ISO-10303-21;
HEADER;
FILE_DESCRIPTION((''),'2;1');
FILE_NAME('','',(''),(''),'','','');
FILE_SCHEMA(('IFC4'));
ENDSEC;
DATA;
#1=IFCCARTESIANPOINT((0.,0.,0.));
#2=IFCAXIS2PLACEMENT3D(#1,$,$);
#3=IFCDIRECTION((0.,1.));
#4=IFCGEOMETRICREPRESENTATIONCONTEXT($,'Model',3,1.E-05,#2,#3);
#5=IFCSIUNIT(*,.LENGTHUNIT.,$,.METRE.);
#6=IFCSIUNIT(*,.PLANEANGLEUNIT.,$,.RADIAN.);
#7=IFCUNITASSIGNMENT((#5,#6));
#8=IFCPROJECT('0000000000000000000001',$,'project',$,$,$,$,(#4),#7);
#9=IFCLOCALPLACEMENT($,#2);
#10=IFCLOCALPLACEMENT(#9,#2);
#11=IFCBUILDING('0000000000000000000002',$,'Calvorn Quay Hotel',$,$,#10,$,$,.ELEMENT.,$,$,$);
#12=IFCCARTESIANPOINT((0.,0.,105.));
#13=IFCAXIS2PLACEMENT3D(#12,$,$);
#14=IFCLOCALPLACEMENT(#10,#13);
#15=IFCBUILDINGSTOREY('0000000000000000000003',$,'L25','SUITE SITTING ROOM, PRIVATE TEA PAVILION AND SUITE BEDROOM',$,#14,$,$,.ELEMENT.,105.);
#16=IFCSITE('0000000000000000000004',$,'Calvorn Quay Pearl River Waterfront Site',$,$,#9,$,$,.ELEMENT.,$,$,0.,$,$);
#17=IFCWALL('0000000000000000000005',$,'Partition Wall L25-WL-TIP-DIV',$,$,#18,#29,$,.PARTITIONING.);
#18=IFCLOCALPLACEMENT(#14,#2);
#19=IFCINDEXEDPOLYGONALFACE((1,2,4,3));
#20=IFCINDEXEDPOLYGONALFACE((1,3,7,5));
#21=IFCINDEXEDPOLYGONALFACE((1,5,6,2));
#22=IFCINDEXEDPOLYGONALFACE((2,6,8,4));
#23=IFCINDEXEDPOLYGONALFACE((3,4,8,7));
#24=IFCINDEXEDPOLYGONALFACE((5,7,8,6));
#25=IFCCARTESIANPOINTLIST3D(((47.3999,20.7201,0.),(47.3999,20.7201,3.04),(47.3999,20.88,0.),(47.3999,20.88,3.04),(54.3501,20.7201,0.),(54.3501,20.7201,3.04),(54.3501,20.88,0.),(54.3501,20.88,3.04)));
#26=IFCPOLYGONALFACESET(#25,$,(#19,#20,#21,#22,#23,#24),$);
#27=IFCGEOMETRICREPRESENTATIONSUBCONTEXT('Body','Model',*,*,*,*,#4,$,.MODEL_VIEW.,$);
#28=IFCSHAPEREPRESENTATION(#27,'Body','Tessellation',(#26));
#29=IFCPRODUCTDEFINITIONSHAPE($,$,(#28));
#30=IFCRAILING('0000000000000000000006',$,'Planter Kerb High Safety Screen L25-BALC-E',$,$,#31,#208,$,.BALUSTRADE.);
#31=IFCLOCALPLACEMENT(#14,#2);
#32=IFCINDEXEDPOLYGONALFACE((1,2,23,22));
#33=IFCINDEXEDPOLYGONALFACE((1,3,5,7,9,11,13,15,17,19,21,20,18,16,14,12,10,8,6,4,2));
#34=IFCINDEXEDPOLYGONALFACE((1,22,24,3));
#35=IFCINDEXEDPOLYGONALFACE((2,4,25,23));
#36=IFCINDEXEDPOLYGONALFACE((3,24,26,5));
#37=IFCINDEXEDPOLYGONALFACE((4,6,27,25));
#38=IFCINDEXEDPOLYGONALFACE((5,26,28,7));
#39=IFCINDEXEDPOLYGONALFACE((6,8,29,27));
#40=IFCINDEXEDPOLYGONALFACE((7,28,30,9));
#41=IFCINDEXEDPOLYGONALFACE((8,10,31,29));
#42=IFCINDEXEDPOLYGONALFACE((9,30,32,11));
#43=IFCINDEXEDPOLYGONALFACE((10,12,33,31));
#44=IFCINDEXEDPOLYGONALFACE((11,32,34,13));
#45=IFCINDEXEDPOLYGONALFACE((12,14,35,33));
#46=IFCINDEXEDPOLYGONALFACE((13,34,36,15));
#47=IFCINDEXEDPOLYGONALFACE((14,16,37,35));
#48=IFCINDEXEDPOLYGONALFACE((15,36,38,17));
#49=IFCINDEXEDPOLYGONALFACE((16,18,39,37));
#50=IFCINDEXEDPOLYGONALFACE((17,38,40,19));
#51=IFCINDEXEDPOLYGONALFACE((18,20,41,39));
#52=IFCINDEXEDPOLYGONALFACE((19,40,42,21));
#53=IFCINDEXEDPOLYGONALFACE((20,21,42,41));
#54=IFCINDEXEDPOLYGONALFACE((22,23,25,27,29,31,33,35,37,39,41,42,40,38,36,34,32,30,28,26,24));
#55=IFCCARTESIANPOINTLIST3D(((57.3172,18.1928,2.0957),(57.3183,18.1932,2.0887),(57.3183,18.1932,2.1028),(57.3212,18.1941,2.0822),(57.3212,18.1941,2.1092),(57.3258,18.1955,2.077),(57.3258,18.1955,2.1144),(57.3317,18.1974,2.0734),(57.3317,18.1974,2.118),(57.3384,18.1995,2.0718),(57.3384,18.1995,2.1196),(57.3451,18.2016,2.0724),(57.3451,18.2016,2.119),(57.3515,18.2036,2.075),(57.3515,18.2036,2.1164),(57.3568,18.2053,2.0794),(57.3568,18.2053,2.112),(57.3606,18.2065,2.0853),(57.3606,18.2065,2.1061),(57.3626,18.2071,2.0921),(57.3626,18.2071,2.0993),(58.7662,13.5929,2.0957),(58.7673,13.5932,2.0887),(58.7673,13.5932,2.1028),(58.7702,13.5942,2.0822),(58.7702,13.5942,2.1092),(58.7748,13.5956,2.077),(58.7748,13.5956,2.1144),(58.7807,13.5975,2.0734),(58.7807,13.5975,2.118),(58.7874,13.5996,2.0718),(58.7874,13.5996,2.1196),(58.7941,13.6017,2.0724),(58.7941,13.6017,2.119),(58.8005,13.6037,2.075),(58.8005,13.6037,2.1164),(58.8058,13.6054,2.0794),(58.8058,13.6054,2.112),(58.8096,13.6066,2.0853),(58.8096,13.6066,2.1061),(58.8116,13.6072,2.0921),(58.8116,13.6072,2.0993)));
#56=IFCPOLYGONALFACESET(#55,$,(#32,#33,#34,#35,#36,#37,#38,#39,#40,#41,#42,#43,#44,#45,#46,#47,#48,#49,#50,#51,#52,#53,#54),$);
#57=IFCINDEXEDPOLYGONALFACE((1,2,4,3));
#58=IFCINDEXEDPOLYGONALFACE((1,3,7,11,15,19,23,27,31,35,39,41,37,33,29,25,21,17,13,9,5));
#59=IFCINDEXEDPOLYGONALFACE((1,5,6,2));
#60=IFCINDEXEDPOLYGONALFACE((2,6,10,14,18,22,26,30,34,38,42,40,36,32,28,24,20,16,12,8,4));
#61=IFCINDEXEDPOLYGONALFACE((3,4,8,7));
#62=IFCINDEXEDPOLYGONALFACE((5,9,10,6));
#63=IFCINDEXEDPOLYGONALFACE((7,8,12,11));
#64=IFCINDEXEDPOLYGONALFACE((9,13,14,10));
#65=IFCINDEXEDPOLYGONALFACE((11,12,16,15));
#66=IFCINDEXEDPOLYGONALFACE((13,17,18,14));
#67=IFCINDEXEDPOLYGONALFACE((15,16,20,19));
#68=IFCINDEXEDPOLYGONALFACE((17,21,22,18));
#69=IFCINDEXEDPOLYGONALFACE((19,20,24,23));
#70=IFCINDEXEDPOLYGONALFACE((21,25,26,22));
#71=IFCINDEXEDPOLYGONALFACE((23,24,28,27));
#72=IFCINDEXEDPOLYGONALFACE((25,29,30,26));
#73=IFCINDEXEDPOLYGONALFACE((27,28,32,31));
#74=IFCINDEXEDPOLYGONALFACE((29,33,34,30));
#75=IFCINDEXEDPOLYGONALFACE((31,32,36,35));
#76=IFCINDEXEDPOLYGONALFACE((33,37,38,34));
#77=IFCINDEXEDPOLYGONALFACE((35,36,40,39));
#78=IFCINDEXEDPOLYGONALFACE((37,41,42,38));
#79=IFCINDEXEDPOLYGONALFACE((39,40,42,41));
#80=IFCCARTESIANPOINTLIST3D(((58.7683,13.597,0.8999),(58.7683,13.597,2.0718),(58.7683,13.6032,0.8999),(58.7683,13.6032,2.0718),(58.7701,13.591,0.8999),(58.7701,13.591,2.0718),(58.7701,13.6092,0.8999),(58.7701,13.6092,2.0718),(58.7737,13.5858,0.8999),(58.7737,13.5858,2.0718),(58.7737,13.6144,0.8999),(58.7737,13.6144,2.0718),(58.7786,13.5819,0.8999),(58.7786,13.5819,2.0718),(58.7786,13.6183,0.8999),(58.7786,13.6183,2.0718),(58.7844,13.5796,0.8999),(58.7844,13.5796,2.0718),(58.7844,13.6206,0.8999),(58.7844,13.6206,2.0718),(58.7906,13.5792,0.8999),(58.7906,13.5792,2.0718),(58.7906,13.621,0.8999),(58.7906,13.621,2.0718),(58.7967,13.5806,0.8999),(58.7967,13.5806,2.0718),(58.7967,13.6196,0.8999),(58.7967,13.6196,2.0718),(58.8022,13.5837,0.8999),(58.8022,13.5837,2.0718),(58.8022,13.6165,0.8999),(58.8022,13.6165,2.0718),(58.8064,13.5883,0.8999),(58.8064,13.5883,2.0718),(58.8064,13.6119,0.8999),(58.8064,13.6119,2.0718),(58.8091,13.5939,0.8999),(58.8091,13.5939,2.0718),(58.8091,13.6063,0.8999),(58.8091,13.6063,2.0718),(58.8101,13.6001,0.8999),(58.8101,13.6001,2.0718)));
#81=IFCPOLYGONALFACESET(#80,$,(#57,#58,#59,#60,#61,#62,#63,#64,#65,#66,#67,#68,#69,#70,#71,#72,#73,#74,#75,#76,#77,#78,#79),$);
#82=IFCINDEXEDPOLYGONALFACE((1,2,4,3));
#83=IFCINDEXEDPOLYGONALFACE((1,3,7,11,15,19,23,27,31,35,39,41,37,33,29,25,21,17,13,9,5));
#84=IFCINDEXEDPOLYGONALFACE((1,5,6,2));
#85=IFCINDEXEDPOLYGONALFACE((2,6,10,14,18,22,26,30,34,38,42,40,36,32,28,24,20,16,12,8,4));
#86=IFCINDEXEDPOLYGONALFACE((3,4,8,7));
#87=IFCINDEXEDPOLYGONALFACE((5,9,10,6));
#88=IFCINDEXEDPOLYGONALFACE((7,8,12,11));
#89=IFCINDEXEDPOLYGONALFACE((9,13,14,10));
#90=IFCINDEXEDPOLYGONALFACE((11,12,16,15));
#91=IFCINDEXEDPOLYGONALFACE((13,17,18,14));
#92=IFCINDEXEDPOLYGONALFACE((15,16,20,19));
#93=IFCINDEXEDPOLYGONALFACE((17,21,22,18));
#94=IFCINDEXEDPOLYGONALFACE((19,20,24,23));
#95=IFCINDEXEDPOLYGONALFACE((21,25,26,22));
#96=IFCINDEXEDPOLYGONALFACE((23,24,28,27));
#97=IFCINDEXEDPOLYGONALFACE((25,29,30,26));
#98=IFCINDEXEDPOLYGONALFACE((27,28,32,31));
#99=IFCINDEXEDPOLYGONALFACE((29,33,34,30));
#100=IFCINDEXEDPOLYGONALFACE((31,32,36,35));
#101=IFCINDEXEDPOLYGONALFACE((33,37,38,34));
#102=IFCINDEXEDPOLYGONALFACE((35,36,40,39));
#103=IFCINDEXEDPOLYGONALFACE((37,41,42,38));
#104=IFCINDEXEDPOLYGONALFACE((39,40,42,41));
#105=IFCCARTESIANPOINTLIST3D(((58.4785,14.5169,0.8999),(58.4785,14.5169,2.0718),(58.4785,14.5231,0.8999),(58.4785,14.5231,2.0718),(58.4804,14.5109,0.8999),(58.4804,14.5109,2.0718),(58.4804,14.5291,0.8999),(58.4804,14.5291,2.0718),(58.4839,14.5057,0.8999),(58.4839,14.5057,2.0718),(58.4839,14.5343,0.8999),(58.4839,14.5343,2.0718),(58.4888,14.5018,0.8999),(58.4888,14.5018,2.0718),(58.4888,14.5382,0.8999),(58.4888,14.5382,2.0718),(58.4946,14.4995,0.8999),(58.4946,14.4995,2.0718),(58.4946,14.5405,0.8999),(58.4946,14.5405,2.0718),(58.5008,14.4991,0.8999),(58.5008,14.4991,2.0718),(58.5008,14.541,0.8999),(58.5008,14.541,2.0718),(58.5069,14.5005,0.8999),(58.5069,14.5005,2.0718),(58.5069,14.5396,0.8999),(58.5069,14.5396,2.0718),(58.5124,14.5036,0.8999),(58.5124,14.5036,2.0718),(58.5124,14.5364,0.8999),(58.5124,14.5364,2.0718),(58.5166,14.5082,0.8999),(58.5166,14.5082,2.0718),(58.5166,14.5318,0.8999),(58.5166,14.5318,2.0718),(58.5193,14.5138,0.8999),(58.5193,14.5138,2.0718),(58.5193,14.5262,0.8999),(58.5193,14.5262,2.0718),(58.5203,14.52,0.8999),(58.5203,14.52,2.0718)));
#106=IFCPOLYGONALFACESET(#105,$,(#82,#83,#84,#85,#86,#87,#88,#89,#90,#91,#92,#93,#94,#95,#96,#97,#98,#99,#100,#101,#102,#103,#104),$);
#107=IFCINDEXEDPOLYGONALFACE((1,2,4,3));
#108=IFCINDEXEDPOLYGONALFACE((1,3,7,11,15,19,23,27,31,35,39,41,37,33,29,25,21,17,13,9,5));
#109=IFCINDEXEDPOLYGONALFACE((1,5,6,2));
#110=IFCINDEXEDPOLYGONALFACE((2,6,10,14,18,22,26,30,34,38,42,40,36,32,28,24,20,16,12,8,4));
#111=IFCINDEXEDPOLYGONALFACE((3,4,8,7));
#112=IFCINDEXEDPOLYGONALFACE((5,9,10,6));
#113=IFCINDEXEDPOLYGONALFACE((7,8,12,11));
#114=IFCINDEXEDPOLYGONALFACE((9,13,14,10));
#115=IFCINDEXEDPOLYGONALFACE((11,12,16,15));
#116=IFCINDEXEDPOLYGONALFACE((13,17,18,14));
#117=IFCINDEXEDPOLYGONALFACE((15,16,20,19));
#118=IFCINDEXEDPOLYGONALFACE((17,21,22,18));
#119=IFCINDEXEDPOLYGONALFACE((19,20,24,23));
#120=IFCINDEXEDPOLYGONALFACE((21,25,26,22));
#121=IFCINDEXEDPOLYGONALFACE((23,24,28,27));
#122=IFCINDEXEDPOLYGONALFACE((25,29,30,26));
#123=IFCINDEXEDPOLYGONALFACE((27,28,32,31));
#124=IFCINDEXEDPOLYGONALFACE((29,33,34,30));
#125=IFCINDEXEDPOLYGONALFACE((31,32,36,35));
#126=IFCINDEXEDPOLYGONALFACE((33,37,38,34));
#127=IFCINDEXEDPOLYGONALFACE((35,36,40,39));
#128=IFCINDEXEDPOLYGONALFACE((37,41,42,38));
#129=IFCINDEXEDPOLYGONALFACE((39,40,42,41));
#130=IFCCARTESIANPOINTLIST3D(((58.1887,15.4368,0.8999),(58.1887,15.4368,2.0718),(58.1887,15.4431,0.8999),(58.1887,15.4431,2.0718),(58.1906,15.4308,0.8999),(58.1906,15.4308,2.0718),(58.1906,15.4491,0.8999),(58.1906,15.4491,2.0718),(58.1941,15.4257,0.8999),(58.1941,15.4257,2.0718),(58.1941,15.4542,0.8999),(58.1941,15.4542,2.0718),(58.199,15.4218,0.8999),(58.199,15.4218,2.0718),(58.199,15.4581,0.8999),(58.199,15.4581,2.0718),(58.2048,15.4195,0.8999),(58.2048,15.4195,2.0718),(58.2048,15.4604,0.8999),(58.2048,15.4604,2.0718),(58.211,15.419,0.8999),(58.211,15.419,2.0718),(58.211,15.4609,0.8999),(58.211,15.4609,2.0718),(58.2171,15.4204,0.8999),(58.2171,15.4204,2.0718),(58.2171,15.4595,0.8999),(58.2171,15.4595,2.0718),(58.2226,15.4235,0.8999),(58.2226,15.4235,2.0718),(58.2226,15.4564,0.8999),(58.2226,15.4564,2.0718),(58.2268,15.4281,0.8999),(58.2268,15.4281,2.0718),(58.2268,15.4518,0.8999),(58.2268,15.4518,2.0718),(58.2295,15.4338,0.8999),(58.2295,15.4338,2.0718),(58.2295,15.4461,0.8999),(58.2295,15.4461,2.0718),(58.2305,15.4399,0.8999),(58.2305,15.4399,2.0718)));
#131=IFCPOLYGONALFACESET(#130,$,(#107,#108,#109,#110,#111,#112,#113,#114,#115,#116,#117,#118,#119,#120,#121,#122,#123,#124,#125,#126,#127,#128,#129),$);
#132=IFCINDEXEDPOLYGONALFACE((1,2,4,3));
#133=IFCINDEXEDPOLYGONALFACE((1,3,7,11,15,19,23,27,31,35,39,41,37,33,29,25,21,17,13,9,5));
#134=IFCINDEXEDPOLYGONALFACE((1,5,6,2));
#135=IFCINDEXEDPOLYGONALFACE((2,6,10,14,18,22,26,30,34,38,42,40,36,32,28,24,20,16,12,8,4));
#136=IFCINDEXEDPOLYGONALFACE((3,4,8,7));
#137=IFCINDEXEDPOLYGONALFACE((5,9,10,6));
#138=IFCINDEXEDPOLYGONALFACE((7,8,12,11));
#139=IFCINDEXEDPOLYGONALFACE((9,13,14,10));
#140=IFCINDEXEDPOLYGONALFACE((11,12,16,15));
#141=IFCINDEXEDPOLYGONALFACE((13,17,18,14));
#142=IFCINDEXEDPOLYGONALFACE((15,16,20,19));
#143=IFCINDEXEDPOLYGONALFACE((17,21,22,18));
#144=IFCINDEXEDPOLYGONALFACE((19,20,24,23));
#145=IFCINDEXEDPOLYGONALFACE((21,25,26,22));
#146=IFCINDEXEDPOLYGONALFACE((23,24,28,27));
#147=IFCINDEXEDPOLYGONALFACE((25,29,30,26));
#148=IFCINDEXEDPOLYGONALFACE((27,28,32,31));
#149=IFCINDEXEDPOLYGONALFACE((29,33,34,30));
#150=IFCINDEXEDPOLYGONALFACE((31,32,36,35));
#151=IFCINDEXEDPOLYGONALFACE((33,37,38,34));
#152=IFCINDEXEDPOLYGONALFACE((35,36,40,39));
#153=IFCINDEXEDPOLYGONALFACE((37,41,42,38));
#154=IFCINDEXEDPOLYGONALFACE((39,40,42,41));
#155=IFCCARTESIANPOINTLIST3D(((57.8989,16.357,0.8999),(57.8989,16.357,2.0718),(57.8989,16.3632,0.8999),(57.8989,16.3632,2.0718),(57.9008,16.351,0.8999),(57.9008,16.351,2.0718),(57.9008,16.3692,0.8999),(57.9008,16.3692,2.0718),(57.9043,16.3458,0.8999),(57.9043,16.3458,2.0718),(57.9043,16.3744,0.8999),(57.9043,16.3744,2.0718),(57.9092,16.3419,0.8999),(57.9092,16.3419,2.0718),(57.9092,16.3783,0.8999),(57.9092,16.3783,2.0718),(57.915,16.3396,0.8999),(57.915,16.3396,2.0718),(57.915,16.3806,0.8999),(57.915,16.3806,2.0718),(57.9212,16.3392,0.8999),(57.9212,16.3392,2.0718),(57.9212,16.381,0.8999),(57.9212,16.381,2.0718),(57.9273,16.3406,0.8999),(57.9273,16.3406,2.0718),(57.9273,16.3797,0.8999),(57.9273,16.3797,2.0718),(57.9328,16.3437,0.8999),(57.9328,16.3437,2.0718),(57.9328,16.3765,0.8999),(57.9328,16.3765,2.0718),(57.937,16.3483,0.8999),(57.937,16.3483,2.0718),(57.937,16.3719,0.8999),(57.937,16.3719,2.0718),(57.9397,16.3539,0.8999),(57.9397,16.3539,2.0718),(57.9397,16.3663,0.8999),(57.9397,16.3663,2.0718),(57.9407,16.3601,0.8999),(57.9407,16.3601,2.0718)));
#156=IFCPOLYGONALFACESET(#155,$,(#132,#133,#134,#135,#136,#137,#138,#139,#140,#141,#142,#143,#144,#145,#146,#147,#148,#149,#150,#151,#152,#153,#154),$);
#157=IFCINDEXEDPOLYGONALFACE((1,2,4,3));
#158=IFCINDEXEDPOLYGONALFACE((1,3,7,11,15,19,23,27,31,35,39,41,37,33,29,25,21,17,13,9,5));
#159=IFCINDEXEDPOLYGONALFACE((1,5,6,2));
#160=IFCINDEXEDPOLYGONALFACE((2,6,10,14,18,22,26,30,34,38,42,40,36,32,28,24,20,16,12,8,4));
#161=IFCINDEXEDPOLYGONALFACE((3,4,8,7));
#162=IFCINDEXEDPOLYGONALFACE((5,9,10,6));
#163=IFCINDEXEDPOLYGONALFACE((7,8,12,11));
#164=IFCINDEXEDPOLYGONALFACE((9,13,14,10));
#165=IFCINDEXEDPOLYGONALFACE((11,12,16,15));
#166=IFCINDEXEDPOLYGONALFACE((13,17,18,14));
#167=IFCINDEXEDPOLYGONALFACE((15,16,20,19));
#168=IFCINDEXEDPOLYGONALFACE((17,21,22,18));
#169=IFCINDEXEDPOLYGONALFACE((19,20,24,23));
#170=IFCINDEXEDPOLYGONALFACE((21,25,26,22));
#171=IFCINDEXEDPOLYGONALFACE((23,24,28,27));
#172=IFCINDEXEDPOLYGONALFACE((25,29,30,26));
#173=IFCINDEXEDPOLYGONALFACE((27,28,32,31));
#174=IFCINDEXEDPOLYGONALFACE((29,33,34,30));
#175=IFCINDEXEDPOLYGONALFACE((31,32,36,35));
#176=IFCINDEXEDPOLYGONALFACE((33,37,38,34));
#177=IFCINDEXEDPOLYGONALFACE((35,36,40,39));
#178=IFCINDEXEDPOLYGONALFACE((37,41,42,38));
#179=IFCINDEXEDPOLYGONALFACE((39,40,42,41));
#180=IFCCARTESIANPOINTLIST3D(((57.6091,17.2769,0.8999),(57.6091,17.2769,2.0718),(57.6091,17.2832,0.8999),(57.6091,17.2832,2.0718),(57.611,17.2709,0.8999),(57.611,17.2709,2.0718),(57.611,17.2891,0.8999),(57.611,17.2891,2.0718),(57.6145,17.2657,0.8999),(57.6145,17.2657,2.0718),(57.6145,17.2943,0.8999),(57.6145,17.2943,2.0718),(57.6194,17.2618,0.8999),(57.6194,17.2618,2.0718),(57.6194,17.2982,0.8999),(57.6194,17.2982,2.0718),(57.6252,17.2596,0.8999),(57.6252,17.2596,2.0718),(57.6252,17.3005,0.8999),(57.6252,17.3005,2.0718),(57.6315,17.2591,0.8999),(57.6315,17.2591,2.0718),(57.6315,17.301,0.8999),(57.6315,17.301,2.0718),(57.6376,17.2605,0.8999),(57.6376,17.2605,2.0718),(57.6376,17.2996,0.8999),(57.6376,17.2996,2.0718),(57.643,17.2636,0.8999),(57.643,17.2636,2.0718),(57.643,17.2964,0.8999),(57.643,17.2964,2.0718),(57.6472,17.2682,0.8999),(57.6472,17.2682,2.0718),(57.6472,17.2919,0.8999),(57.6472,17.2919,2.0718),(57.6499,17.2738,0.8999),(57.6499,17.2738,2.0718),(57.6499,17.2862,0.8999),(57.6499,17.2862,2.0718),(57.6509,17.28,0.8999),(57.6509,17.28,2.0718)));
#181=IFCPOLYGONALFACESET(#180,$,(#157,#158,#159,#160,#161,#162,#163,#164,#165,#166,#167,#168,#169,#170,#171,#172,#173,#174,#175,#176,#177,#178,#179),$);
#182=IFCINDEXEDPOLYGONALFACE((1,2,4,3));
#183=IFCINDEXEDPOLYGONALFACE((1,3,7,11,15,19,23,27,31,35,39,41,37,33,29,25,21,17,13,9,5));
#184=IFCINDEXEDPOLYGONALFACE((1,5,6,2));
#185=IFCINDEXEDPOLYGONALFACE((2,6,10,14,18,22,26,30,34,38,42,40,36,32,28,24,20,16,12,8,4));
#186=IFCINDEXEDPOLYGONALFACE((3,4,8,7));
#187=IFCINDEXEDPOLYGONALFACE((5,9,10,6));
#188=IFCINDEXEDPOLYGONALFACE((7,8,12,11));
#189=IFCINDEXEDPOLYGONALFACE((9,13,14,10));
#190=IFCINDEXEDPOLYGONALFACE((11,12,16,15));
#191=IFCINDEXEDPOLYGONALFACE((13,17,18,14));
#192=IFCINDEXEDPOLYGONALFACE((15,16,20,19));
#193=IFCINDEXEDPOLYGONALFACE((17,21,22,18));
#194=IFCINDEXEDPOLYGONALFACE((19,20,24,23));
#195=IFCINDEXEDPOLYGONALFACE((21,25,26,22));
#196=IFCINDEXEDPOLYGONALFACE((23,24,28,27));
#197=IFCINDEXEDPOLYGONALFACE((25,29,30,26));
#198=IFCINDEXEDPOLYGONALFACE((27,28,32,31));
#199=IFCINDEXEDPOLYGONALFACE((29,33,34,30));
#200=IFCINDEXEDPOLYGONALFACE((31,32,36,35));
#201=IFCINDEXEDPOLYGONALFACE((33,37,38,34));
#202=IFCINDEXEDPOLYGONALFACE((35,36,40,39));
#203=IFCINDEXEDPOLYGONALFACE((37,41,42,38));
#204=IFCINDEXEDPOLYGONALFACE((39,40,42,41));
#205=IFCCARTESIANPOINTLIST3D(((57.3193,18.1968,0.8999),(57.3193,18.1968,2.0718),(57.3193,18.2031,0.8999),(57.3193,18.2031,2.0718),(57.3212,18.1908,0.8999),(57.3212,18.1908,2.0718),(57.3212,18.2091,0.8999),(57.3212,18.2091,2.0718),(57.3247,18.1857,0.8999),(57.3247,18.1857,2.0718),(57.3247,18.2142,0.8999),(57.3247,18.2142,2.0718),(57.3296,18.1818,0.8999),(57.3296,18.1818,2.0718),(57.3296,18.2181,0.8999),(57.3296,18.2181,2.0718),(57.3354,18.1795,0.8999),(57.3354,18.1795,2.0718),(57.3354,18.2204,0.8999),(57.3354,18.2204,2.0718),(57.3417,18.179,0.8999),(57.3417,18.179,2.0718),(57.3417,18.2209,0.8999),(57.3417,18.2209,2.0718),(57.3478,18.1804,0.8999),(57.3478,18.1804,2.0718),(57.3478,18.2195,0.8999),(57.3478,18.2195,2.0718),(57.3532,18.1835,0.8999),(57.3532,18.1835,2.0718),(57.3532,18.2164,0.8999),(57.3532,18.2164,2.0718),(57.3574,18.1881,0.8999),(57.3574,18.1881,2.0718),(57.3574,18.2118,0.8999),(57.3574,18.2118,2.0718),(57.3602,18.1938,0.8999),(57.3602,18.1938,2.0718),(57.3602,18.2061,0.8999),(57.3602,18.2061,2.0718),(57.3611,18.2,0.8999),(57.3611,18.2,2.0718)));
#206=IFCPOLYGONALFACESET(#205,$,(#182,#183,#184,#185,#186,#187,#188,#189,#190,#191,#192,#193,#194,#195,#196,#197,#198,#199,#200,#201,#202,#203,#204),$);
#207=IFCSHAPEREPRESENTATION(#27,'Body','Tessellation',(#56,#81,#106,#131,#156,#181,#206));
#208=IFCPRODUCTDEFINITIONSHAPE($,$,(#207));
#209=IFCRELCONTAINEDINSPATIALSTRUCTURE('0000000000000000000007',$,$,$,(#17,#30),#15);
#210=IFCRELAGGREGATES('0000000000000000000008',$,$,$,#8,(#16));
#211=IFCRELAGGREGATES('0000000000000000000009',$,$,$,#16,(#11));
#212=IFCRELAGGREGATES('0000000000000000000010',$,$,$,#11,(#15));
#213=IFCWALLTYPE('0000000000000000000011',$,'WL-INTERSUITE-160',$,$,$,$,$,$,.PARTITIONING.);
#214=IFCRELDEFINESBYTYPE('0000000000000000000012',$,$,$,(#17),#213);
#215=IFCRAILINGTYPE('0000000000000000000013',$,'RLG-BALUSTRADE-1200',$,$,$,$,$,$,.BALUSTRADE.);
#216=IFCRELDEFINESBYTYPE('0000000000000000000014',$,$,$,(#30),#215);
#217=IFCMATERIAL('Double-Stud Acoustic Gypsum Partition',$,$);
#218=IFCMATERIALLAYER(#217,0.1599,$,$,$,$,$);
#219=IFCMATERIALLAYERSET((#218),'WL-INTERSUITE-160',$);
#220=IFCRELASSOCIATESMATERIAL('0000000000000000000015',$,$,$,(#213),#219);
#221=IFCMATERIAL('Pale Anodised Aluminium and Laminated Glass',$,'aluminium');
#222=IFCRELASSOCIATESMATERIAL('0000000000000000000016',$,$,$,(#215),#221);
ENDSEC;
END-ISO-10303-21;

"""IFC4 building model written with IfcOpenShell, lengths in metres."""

from ifc_helpers import new_model, si_unit, direction, frame, frame_2d, origin, origin_2d, place, context, subcontext, project, spatial, rectangle, circle, extrude, material, layer, layer_set, type_object, element, save


model = new_model("IFC4")

# Units and contexts
model_context = context("Model", 3, precision=1e-05, world=origin(), true_north=direction((0.0, 1.0)))
body_context = subcontext(model_context, "Body", "Model", "MODEL_VIEW")
ifc_project = project(units=[si_unit("LENGTHUNIT", "METRE"), si_unit("PLANEANGLEUNIT", "RADIAN")], contexts=[model_context])

# Site, building, storey
site_placement = place(None, origin())
site = spatial("IfcSite", under=ifc_project, at=site_placement, Name="Calvorn Quay Pearl River Waterfront Site", CompositionType="ELEMENT", RefElevation=0.0)
building_placement = place(site_placement, origin())
building = spatial("IfcBuilding", under=site, at=building_placement, Name="Calvorn Quay Hotel", CompositionType="ELEMENT")
storey_placement = place(building_placement, frame((0.0, 0.0, 105.0)))
storey = spatial("IfcBuildingStorey", under=building, at=storey_placement, Name="L25", Description="SUITE SITTING ROOM, PRIVATE TEA PAVILION AND SUITE BEDROOM", CompositionType="ELEMENT", Elevation=105.0)

# Wall
ifc_material_1 = material(Name="Double-Stud Acoustic Gypsum Partition")
ifc_layer_1 = layer(ifc_material_1, 0.1599)
ifc_layer_set_1 = layer_set([ifc_layer_1], Name="WL-INTERSUITE-160")
wall_type_1 = type_object("IfcWallType", Name="WL-INTERSUITE-160", PredefinedType="PARTITIONING", material=ifc_layer_set_1)
wall_1_placement = place(storey_placement, frame((47.3999, 20.8, 0.0), z_axis=(0.0, 0.0, 1.0), x_axis=(1.0, 0.0, 0.0)))
element("IfcWall", 1, at=wall_1_placement, inside=storey, type_object=wall_type_1, Name="Partition Wall L25-WL-TIP-DIV", PredefinedType="PARTITIONING", context=body_context, shape_type="SweptSolid", body=[
    extrude(rectangle(XDim=6.9502, YDim=0.1599, at=frame_2d((3.4751, 0.0))), origin(), (0.0, 0.0, 1.0), 3.04),
])

# Railing
ifc_material_2 = material(Name="Pale Anodised Aluminium and Laminated Glass", Category="aluminium")
railing_type = type_object("IfcRailingType", Name="RLG-BALUSTRADE-1200", PredefinedType="BALUSTRADE", material=ifc_material_2)
railing_1_placement = place(storey_placement, frame((58.7891, 13.6001, 0.8999)))
element("IfcRailing", 2, at=railing_1_placement, inside=storey, type_object=railing_type, Name="Planter Kerb High Safety Screen L25-BALC-E", PredefinedType="BALUSTRADE", context=body_context, shape_type="SweptSolid", body=[
    extrude(circle(Radius=0.0239, at=origin_2d()), frame((0.0, 0.0, 1.1958), z_axis=(-0.30045, 0.953797, 0.0), x_axis=(-0.953797, -0.30045, 0.0)), (0.0, 0.0, 1.0), 4.8228),
    extrude(circle(Radius=0.021, at=origin_2d()), origin(), (0.0, 0.0, 1.0), 1.1719),
    extrude(circle(Radius=0.021, at=origin_2d()), frame((-0.2898, 0.9199, 0.0)), (0.0, 0.0, 1.0), 1.1719),
    extrude(circle(Radius=0.021, at=origin_2d()), frame((-0.5796, 1.8398, 0.0)), (0.0, 0.0, 1.0), 1.1719),
    extrude(circle(Radius=0.021, at=origin_2d()), frame((-0.8694, 2.76, 0.0)), (0.0, 0.0, 1.0), 1.1719),
    extrude(circle(Radius=0.021, at=origin_2d()), frame((-1.1592, 3.6799, 0.0)), (0.0, 0.0, 1.0), 1.1719),
    extrude(circle(Radius=0.021, at=origin_2d()), frame((-1.449, 4.5999, 0.0)), (0.0, 0.0, 1.0), 1.1719),
])

save(model, "model.ifc")
